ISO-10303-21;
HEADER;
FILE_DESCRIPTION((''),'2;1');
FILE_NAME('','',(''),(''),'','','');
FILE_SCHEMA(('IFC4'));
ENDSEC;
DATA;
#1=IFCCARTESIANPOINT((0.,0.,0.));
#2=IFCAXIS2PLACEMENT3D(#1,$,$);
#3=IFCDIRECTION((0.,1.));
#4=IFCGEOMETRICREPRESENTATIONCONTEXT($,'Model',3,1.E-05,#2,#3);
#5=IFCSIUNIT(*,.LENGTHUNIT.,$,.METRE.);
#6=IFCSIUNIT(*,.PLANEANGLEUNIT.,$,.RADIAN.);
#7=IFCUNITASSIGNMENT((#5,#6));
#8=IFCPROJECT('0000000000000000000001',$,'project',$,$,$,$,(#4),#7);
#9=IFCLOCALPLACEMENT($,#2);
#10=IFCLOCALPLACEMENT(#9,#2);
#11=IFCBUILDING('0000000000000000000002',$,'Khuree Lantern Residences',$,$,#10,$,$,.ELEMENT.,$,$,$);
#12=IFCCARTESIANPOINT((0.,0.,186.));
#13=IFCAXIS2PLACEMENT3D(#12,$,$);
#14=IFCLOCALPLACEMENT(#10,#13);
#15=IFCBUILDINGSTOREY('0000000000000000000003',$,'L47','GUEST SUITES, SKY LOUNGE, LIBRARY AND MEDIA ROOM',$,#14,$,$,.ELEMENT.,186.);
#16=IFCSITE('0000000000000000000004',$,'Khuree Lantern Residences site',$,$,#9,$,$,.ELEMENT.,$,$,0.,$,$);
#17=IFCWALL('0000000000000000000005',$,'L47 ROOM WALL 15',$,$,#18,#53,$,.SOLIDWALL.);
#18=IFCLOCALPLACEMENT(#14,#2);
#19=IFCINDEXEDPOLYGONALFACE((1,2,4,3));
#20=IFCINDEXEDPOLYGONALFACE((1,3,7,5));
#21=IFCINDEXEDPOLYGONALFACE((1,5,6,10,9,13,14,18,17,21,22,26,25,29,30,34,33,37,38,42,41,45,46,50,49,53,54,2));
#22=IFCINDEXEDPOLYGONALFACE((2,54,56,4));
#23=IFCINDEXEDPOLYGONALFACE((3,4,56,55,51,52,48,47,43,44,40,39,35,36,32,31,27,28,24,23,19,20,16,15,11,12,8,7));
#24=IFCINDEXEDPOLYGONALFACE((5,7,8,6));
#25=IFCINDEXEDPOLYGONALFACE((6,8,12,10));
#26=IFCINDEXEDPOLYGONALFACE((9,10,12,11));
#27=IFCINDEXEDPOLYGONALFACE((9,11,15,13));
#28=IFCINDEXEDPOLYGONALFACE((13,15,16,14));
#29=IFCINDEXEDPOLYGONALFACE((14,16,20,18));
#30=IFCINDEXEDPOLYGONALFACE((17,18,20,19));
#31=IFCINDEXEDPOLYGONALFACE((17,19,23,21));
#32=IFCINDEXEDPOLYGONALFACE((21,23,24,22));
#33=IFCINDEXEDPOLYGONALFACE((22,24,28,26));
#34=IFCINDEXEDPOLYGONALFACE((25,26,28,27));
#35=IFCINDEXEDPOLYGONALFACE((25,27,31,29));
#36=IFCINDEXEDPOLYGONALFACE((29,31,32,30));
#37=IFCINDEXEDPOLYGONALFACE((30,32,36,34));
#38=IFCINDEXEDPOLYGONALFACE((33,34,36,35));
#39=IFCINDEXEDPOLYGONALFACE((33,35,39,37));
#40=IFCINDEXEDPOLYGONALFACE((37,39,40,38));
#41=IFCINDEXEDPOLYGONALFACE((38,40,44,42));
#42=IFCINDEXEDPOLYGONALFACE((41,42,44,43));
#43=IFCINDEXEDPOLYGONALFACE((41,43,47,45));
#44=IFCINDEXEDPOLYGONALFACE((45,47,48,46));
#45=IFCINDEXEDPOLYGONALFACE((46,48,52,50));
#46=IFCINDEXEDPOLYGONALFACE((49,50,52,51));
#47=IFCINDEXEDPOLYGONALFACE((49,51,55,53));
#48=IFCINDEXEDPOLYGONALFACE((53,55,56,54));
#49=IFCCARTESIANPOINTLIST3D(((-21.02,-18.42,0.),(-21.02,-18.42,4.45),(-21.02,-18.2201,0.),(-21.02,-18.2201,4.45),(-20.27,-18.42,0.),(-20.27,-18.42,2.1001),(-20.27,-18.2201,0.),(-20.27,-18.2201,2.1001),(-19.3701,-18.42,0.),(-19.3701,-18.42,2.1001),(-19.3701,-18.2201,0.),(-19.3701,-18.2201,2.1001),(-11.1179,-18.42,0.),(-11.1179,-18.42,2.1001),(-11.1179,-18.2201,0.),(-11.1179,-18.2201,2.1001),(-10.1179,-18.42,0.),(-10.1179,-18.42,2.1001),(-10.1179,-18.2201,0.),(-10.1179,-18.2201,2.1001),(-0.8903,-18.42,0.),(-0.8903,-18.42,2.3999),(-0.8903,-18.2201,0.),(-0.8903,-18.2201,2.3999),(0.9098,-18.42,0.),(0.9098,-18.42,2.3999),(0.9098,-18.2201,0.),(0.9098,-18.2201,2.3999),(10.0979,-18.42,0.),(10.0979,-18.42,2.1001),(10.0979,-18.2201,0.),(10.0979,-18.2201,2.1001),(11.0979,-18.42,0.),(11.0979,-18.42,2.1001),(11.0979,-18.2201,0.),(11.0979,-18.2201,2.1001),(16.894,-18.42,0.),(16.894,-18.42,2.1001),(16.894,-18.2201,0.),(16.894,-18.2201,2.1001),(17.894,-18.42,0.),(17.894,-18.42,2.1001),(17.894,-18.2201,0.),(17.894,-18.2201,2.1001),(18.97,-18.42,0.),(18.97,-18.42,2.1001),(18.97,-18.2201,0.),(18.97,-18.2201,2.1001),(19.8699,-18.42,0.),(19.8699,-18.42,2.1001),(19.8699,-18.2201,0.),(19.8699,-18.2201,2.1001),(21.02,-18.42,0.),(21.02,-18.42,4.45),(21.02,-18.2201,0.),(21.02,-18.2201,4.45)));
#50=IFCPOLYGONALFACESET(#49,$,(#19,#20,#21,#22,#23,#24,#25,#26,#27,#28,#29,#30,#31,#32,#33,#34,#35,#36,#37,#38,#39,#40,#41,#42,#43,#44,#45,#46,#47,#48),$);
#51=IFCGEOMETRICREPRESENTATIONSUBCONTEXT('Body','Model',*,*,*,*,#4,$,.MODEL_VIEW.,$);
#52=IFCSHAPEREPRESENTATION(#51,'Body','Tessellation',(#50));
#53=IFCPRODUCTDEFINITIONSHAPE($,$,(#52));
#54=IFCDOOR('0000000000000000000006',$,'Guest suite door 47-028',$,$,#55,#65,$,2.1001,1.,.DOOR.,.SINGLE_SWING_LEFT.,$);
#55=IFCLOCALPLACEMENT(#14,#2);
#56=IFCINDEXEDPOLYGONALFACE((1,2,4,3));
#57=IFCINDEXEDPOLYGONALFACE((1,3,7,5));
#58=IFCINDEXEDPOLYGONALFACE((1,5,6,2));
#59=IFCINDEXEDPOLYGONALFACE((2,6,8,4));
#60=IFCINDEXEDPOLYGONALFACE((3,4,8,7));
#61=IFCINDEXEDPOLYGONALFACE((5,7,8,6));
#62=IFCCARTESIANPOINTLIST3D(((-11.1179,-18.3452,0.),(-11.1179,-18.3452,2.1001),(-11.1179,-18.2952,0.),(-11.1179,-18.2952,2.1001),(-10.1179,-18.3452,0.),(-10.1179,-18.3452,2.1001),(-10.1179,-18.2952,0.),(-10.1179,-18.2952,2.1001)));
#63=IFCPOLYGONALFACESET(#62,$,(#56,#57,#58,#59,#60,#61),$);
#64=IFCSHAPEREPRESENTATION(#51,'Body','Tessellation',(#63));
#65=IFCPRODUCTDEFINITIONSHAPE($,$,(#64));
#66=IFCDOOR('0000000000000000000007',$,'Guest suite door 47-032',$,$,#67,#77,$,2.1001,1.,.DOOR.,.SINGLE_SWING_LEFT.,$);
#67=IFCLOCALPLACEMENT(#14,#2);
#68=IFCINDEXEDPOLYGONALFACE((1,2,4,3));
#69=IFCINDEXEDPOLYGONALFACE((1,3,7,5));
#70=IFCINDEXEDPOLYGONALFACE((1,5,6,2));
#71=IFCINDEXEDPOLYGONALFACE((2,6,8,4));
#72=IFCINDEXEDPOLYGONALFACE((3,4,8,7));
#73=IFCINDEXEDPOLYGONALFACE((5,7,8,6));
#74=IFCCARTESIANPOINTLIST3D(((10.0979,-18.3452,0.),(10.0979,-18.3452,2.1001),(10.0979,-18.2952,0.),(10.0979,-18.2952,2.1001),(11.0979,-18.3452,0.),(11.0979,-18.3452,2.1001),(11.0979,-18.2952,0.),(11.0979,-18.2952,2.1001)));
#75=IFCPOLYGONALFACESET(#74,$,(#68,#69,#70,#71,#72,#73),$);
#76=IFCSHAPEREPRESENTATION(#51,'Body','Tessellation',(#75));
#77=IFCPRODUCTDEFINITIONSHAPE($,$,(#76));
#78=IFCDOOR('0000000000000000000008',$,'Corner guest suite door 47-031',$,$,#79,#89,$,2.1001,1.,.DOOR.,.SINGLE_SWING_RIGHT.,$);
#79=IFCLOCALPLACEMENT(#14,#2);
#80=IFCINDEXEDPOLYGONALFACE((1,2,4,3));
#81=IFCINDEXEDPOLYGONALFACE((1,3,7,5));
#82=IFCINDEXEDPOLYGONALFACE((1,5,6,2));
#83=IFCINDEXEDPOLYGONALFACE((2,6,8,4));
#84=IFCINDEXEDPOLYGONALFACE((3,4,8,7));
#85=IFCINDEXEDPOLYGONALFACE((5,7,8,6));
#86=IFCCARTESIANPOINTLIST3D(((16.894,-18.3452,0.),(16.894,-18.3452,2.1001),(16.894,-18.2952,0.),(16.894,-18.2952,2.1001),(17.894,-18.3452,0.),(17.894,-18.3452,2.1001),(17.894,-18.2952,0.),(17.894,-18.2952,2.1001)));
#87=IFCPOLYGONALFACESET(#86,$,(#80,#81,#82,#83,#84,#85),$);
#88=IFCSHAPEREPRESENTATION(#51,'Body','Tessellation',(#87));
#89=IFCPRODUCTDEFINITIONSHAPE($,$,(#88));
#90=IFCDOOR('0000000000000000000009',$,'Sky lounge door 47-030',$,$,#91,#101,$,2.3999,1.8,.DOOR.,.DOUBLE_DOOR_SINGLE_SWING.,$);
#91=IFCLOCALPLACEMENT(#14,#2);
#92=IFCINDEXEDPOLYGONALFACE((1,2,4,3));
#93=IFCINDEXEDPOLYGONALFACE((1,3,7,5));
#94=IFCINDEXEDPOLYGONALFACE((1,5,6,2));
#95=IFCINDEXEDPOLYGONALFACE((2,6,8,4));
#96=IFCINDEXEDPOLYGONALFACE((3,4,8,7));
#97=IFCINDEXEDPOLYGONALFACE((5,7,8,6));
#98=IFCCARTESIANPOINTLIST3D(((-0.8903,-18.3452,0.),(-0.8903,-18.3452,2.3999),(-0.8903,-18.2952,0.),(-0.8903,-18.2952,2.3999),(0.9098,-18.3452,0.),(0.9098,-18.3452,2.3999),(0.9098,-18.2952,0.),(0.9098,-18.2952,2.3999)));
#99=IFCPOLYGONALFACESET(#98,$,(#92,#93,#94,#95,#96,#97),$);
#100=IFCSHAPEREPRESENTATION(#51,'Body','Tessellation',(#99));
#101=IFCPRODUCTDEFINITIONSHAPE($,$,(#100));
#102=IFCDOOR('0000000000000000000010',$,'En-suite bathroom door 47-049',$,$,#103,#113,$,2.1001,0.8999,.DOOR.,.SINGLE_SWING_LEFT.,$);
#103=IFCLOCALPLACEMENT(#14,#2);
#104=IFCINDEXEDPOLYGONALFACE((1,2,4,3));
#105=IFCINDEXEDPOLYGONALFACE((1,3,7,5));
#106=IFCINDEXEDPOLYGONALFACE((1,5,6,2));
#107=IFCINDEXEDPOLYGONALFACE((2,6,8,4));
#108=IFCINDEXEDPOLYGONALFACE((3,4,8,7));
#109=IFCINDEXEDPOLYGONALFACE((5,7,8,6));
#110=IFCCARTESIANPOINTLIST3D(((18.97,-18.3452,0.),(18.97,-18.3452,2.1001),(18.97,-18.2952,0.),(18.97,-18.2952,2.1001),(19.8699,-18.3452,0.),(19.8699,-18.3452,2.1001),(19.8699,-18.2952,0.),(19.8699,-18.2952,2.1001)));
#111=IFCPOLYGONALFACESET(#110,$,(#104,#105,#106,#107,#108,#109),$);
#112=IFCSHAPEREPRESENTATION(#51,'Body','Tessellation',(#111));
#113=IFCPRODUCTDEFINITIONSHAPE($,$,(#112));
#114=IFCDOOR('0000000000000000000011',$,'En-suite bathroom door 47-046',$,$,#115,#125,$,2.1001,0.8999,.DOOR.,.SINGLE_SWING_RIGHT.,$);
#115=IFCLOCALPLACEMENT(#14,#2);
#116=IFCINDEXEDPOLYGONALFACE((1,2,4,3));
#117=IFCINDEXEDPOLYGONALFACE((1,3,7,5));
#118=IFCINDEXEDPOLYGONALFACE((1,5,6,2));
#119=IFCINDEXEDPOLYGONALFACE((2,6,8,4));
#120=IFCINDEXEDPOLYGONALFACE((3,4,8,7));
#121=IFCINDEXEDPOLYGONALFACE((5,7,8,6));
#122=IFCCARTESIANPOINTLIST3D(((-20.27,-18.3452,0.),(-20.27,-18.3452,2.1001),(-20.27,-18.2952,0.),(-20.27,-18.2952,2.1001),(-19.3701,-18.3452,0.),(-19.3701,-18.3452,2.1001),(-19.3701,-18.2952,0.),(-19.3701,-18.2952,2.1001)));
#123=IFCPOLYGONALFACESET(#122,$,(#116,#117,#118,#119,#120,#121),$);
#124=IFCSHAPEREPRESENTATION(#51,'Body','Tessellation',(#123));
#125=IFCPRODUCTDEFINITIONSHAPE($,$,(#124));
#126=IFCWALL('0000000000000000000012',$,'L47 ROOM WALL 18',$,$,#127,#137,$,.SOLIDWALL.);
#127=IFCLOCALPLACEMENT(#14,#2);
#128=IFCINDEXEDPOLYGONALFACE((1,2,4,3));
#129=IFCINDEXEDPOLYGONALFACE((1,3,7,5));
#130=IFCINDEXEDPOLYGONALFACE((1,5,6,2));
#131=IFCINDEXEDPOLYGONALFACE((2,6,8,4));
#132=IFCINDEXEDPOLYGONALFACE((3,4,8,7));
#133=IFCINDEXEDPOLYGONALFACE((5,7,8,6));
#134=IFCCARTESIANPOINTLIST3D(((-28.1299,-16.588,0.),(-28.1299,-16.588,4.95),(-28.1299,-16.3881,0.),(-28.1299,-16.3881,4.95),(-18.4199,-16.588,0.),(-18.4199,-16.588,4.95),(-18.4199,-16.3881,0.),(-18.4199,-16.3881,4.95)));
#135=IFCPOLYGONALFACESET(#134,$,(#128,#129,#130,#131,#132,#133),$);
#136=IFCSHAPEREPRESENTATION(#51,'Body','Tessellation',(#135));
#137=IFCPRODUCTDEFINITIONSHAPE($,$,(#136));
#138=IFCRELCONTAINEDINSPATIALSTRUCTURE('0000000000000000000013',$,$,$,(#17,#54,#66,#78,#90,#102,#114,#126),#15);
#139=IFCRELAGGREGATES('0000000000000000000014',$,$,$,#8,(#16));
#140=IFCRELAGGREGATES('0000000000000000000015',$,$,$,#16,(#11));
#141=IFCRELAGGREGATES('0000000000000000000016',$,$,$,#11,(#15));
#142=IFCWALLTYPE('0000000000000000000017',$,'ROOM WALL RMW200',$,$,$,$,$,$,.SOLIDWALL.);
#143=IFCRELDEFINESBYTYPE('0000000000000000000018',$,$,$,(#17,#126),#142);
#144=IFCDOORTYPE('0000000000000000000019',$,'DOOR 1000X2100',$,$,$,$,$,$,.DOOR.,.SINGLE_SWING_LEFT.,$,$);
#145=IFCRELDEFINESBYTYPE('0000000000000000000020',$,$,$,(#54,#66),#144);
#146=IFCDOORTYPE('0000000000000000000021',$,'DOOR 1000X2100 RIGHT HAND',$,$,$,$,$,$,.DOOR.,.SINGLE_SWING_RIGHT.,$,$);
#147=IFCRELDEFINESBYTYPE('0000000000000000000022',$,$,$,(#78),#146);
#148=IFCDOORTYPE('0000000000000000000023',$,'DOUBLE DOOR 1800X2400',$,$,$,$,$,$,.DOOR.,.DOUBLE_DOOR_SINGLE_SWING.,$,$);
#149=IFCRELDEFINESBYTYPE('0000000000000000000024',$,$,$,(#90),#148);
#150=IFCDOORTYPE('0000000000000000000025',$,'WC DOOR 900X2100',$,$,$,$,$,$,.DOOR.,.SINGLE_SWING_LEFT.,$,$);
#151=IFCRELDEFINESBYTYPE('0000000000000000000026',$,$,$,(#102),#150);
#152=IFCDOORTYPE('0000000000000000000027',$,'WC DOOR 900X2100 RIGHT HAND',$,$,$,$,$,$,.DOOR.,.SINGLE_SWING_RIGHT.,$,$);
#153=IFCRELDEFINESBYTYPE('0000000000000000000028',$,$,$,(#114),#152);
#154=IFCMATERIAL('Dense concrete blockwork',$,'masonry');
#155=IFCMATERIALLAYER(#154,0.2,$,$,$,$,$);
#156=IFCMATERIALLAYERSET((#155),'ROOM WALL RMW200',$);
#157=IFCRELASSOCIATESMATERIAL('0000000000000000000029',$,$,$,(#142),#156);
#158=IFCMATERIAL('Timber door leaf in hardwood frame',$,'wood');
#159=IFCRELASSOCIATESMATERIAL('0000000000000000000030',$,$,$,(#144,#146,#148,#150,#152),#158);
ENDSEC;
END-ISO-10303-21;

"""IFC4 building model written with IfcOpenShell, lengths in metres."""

from ifc_helpers import new_model, si_unit, direction, frame, frame_2d, origin, place, context, subcontext, project, spatial, rectangle, extrude, material, layer, layer_set, type_object, element, fill, save


model = new_model("IFC4")

# Units and contexts
model_context = context("Model", 3, precision=1e-05, world=origin(), true_north=direction((0.0, 1.0)))
body_context = subcontext(model_context, "Body", "Model", "MODEL_VIEW")
ifc_project = project(units=[si_unit("LENGTHUNIT", "METRE"), si_unit("PLANEANGLEUNIT", "RADIAN")], contexts=[model_context])

# Site, building, storey
site_placement = place(None, origin())
site = spatial("IfcSite", under=ifc_project, at=site_placement, Name="Khuree Lantern Residences site", CompositionType="ELEMENT", RefElevation=0.0)
building_placement = place(site_placement, origin())
building = spatial("IfcBuilding", under=site, at=building_placement, Name="Khuree Lantern Residences", CompositionType="ELEMENT")
storey_placement = place(building_placement, frame((0.0, 0.0, 186.0)))
storey = spatial("IfcBuildingStorey", under=building, at=storey_placement, Name="L47", Description="GUEST SUITES, SKY LOUNGE, LIBRARY AND MEDIA ROOM", CompositionType="ELEMENT", Elevation=186.0)

# Wall, openings, doors
ifc_material_1 = material(Name="Dense concrete blockwork", Category="masonry")
ifc_layer_1 = layer(ifc_material_1, 0.2)
ifc_layer_set_1 = layer_set([ifc_layer_1], Name="ROOM WALL RMW200")
wall_type = type_object("IfcWallType", Name="ROOM WALL RMW200", PredefinedType="SOLIDWALL", material=ifc_layer_set_1)
wall_1_placement = place(storey_placement, frame((-21.02, -18.3201, 0.0), z_axis=(0.0, 0.0, 1.0), x_axis=(1.0, 0.0, 0.0)))
wall_1 = element("IfcWall", 1, at=wall_1_placement, inside=storey, type_object=wall_type, Name="L47 ROOM WALL 15", PredefinedType="SOLIDWALL", context=body_context, shape_type="SweptSolid", body=[
    extrude(rectangle(XDim=42.04, YDim=0.2, at=frame_2d((21.02, 0.0))), origin(), (0.0, 0.0, 1.0), 4.45),
])
opening_1_placement = place(wall_1_placement, frame((9.9021, 0.0, 0.0)))
opening_1 = element("IfcOpeningElement", 2, at=opening_1_placement, cuts=wall_1, PredefinedType="OPENING", context=body_context, shape_type="SweptSolid", body=[
    extrude(rectangle(XDim=1.0, YDim=2.1001, at=frame_2d((0.5, 1.05))), frame((0.0, 0.1099, 0.0), z_axis=(0.0, -1.0, 0.0), x_axis=(1.0, 0.0, 0.0)), (0.0, 0.0, 1.0), 0.22),
])
opening_2_placement = place(wall_1_placement, frame((20.1299, 0.0, 0.0)))
opening_2 = element("IfcOpeningElement", 3, at=opening_2_placement, cuts=wall_1, PredefinedType="OPENING", context=body_context, shape_type="SweptSolid", body=[
    extrude(rectangle(XDim=1.8, YDim=2.3999, at=frame_2d((0.8999, 1.2))), frame((0.0, 0.1099, 0.0), z_axis=(0.0, -1.0, 0.0), x_axis=(1.0, 0.0, 0.0)), (0.0, 0.0, 1.0), 0.22),
])
opening_3_placement = place(wall_1_placement, frame((37.9141, 0.0, 0.0)))
opening_3 = element("IfcOpeningElement", 4, at=opening_3_placement, cuts=wall_1, PredefinedType="OPENING", context=body_context, shape_type="SweptSolid", body=[
    extrude(rectangle(XDim=1.0, YDim=2.1001, at=frame_2d((0.5, 1.05))), frame((0.0, 0.1099, 0.0), z_axis=(0.0, -1.0, 0.0), x_axis=(1.0, 0.0, 0.0)), (0.0, 0.0, 1.0), 0.22),
])
opening_4_placement = place(wall_1_placement, frame((31.1179, 0.0, 0.0)))
opening_4 = element("IfcOpeningElement", 5, at=opening_4_placement, cuts=wall_1, PredefinedType="OPENING", context=body_context, shape_type="SweptSolid", body=[
    extrude(rectangle(XDim=1.0, YDim=2.1001, at=frame_2d((0.5, 1.05))), frame((0.0, 0.1099, 0.0), z_axis=(0.0, -1.0, 0.0), x_axis=(1.0, 0.0, 0.0)), (0.0, 0.0, 1.0), 0.22),
])
opening_5_placement = place(wall_1_placement, frame((0.75, 0.0, 0.0)))
opening_5 = element("IfcOpeningElement", 6, at=opening_5_placement, cuts=wall_1, PredefinedType="OPENING", context=body_context, shape_type="SweptSolid", body=[
    extrude(rectangle(XDim=0.8999, YDim=2.1001, at=frame_2d((0.45, 1.05))), frame((0.0, 0.1099, 0.0), z_axis=(0.0, -1.0, 0.0), x_axis=(1.0, 0.0, 0.0)), (0.0, 0.0, 1.0), 0.22),
])
opening_6_placement = place(wall_1_placement, frame((39.99, 0.0, 0.0)))
opening_6 = element("IfcOpeningElement", 7, at=opening_6_placement, cuts=wall_1, PredefinedType="OPENING", context=body_context, shape_type="SweptSolid", body=[
    extrude(rectangle(XDim=0.8999, YDim=2.1001, at=frame_2d((0.45, 1.05))), frame((0.0, 0.1099, 0.0), z_axis=(0.0, -1.0, 0.0), x_axis=(1.0, 0.0, 0.0)), (0.0, 0.0, 1.0), 0.22),
])
ifc_material_2 = material(Name="Timber door leaf in hardwood frame", Category="wood")
door_type_1 = type_object("IfcDoorType", Name="DOOR 1000X2100", OperationType="SINGLE_SWING_LEFT", PredefinedType="DOOR", material=ifc_material_2)
door_1_placement = place(opening_1_placement, origin())
door_1 = element("IfcDoor", 8, at=door_1_placement, inside=storey, type_object=door_type_1, Name="Guest suite door 47-028", OperationType="SINGLE_SWING_LEFT", OverallHeight=2.1001, OverallWidth=1.0, PredefinedType="DOOR", context=body_context, shape_type="SweptSolid", body=[
    extrude(rectangle(XDim=1.0, YDim=2.1001, at=frame_2d((0.5, 1.05))), frame((0.0, 0.0249, 0.0), z_axis=(0.0, -1.0, 0.0), x_axis=(1.0, 0.0, 0.0)), (0.0, 0.0, 1.0), 0.05),
])
fill(opening_1, door_1)
door_2_placement = place(opening_4_placement, origin())
door_2 = element("IfcDoor", 9, at=door_2_placement, inside=storey, type_object=door_type_1, Name="Guest suite door 47-032", OperationType="SINGLE_SWING_LEFT", OverallHeight=2.1001, OverallWidth=1.0, PredefinedType="DOOR", context=body_context, shape_type="SweptSolid", body=[
    extrude(rectangle(XDim=1.0, YDim=2.1001, at=frame_2d((0.5, 1.05))), frame((0.0, 0.0249, 0.0), z_axis=(0.0, -1.0, 0.0), x_axis=(1.0, 0.0, 0.0)), (0.0, 0.0, 1.0), 0.05),
])
fill(opening_4, door_2)
door_type_2 = type_object("IfcDoorType", Name="DOOR 1000X2100 RIGHT HAND", OperationType="SINGLE_SWING_RIGHT", PredefinedType="DOOR", material=ifc_material_2)
door_3_placement = place(opening_3_placement, origin())
door_3 = element("IfcDoor", 10, at=door_3_placement, inside=storey, type_object=door_type_2, Name="Corner guest suite door 47-031", OperationType="SINGLE_SWING_RIGHT", OverallHeight=2.1001, OverallWidth=1.0, PredefinedType="DOOR", context=body_context, shape_type="SweptSolid", body=[
    extrude(rectangle(XDim=1.0, YDim=2.1001, at=frame_2d((0.5, 1.05))), frame((0.0, 0.0249, 0.0), z_axis=(0.0, -1.0, 0.0), x_axis=(1.0, 0.0, 0.0)), (0.0, 0.0, 1.0), 0.05),
])
fill(opening_3, door_3)
door_type_3 = type_object("IfcDoorType", Name="DOUBLE DOOR 1800X2400", OperationType="DOUBLE_DOOR_SINGLE_SWING", PredefinedType="DOOR", material=ifc_material_2)
door_4_placement = place(opening_2_placement, origin())
door_4 = element("IfcDoor", 11, at=door_4_placement, inside=storey, type_object=door_type_3, Name="Sky lounge door 47-030", OperationType="DOUBLE_DOOR_SINGLE_SWING", OverallHeight=2.3999, OverallWidth=1.8, PredefinedType="DOOR", context=body_context, shape_type="SweptSolid", body=[
    extrude(rectangle(XDim=1.8, YDim=2.3999, at=frame_2d((0.8999, 1.2))), frame((0.0, 0.0249, 0.0), z_axis=(0.0, -1.0, 0.0), x_axis=(1.0, 0.0, 0.0)), (0.0, 0.0, 1.0), 0.05),
])
fill(opening_2, door_4)
door_type_4 = type_object("IfcDoorType", Name="WC DOOR 900X2100", OperationType="SINGLE_SWING_LEFT", PredefinedType="DOOR", material=ifc_material_2)
door_5_placement = place(opening_6_placement, origin())
door_5 = element("IfcDoor", 12, at=door_5_placement, inside=storey, type_object=door_type_4, Name="En-suite bathroom door 47-049", OperationType="SINGLE_SWING_LEFT", OverallHeight=2.1001, OverallWidth=0.8999, PredefinedType="DOOR", context=body_context, shape_type="SweptSolid", body=[
    extrude(rectangle(XDim=0.8999, YDim=2.1001, at=frame_2d((0.45, 1.05))), frame((0.0, 0.0249, 0.0), z_axis=(0.0, -1.0, 0.0), x_axis=(1.0, 0.0, 0.0)), (0.0, 0.0, 1.0), 0.05),
])
fill(opening_6, door_5)
door_type_5 = type_object("IfcDoorType", Name="WC DOOR 900X2100 RIGHT HAND", OperationType="SINGLE_SWING_RIGHT", PredefinedType="DOOR", material=ifc_material_2)
door_6_placement = place(opening_5_placement, origin())
door_6 = element("IfcDoor", 13, at=door_6_placement, inside=storey, type_object=door_type_5, Name="En-suite bathroom door 47-046", OperationType="SINGLE_SWING_RIGHT", OverallHeight=2.1001, OverallWidth=0.8999, PredefinedType="DOOR", context=body_context, shape_type="SweptSolid", body=[
    extrude(rectangle(XDim=0.8999, YDim=2.1001, at=frame_2d((0.45, 1.05))), frame((0.0, 0.0249, 0.0), z_axis=(0.0, -1.0, 0.0), x_axis=(1.0, 0.0, 0.0)), (0.0, 0.0, 1.0), 0.05),
])
fill(opening_5, door_6)

# Wall
wall_2_placement = place(storey_placement, frame((-28.1299, -16.488, 0.0), z_axis=(0.0, 0.0, 1.0), x_axis=(1.0, 0.0, 0.0)))
element("IfcWall", 14, at=wall_2_placement, inside=storey, type_object=wall_type, Name="L47 ROOM WALL 18", PredefinedType="SOLIDWALL", context=body_context, shape_type="SweptSolid", body=[
    extrude(rectangle(XDim=9.71, YDim=0.2, at=frame_2d((4.855, 0.0))), origin(), (0.0, 0.0, 1.0), 4.95),
])

save(model, "model.ifc")
